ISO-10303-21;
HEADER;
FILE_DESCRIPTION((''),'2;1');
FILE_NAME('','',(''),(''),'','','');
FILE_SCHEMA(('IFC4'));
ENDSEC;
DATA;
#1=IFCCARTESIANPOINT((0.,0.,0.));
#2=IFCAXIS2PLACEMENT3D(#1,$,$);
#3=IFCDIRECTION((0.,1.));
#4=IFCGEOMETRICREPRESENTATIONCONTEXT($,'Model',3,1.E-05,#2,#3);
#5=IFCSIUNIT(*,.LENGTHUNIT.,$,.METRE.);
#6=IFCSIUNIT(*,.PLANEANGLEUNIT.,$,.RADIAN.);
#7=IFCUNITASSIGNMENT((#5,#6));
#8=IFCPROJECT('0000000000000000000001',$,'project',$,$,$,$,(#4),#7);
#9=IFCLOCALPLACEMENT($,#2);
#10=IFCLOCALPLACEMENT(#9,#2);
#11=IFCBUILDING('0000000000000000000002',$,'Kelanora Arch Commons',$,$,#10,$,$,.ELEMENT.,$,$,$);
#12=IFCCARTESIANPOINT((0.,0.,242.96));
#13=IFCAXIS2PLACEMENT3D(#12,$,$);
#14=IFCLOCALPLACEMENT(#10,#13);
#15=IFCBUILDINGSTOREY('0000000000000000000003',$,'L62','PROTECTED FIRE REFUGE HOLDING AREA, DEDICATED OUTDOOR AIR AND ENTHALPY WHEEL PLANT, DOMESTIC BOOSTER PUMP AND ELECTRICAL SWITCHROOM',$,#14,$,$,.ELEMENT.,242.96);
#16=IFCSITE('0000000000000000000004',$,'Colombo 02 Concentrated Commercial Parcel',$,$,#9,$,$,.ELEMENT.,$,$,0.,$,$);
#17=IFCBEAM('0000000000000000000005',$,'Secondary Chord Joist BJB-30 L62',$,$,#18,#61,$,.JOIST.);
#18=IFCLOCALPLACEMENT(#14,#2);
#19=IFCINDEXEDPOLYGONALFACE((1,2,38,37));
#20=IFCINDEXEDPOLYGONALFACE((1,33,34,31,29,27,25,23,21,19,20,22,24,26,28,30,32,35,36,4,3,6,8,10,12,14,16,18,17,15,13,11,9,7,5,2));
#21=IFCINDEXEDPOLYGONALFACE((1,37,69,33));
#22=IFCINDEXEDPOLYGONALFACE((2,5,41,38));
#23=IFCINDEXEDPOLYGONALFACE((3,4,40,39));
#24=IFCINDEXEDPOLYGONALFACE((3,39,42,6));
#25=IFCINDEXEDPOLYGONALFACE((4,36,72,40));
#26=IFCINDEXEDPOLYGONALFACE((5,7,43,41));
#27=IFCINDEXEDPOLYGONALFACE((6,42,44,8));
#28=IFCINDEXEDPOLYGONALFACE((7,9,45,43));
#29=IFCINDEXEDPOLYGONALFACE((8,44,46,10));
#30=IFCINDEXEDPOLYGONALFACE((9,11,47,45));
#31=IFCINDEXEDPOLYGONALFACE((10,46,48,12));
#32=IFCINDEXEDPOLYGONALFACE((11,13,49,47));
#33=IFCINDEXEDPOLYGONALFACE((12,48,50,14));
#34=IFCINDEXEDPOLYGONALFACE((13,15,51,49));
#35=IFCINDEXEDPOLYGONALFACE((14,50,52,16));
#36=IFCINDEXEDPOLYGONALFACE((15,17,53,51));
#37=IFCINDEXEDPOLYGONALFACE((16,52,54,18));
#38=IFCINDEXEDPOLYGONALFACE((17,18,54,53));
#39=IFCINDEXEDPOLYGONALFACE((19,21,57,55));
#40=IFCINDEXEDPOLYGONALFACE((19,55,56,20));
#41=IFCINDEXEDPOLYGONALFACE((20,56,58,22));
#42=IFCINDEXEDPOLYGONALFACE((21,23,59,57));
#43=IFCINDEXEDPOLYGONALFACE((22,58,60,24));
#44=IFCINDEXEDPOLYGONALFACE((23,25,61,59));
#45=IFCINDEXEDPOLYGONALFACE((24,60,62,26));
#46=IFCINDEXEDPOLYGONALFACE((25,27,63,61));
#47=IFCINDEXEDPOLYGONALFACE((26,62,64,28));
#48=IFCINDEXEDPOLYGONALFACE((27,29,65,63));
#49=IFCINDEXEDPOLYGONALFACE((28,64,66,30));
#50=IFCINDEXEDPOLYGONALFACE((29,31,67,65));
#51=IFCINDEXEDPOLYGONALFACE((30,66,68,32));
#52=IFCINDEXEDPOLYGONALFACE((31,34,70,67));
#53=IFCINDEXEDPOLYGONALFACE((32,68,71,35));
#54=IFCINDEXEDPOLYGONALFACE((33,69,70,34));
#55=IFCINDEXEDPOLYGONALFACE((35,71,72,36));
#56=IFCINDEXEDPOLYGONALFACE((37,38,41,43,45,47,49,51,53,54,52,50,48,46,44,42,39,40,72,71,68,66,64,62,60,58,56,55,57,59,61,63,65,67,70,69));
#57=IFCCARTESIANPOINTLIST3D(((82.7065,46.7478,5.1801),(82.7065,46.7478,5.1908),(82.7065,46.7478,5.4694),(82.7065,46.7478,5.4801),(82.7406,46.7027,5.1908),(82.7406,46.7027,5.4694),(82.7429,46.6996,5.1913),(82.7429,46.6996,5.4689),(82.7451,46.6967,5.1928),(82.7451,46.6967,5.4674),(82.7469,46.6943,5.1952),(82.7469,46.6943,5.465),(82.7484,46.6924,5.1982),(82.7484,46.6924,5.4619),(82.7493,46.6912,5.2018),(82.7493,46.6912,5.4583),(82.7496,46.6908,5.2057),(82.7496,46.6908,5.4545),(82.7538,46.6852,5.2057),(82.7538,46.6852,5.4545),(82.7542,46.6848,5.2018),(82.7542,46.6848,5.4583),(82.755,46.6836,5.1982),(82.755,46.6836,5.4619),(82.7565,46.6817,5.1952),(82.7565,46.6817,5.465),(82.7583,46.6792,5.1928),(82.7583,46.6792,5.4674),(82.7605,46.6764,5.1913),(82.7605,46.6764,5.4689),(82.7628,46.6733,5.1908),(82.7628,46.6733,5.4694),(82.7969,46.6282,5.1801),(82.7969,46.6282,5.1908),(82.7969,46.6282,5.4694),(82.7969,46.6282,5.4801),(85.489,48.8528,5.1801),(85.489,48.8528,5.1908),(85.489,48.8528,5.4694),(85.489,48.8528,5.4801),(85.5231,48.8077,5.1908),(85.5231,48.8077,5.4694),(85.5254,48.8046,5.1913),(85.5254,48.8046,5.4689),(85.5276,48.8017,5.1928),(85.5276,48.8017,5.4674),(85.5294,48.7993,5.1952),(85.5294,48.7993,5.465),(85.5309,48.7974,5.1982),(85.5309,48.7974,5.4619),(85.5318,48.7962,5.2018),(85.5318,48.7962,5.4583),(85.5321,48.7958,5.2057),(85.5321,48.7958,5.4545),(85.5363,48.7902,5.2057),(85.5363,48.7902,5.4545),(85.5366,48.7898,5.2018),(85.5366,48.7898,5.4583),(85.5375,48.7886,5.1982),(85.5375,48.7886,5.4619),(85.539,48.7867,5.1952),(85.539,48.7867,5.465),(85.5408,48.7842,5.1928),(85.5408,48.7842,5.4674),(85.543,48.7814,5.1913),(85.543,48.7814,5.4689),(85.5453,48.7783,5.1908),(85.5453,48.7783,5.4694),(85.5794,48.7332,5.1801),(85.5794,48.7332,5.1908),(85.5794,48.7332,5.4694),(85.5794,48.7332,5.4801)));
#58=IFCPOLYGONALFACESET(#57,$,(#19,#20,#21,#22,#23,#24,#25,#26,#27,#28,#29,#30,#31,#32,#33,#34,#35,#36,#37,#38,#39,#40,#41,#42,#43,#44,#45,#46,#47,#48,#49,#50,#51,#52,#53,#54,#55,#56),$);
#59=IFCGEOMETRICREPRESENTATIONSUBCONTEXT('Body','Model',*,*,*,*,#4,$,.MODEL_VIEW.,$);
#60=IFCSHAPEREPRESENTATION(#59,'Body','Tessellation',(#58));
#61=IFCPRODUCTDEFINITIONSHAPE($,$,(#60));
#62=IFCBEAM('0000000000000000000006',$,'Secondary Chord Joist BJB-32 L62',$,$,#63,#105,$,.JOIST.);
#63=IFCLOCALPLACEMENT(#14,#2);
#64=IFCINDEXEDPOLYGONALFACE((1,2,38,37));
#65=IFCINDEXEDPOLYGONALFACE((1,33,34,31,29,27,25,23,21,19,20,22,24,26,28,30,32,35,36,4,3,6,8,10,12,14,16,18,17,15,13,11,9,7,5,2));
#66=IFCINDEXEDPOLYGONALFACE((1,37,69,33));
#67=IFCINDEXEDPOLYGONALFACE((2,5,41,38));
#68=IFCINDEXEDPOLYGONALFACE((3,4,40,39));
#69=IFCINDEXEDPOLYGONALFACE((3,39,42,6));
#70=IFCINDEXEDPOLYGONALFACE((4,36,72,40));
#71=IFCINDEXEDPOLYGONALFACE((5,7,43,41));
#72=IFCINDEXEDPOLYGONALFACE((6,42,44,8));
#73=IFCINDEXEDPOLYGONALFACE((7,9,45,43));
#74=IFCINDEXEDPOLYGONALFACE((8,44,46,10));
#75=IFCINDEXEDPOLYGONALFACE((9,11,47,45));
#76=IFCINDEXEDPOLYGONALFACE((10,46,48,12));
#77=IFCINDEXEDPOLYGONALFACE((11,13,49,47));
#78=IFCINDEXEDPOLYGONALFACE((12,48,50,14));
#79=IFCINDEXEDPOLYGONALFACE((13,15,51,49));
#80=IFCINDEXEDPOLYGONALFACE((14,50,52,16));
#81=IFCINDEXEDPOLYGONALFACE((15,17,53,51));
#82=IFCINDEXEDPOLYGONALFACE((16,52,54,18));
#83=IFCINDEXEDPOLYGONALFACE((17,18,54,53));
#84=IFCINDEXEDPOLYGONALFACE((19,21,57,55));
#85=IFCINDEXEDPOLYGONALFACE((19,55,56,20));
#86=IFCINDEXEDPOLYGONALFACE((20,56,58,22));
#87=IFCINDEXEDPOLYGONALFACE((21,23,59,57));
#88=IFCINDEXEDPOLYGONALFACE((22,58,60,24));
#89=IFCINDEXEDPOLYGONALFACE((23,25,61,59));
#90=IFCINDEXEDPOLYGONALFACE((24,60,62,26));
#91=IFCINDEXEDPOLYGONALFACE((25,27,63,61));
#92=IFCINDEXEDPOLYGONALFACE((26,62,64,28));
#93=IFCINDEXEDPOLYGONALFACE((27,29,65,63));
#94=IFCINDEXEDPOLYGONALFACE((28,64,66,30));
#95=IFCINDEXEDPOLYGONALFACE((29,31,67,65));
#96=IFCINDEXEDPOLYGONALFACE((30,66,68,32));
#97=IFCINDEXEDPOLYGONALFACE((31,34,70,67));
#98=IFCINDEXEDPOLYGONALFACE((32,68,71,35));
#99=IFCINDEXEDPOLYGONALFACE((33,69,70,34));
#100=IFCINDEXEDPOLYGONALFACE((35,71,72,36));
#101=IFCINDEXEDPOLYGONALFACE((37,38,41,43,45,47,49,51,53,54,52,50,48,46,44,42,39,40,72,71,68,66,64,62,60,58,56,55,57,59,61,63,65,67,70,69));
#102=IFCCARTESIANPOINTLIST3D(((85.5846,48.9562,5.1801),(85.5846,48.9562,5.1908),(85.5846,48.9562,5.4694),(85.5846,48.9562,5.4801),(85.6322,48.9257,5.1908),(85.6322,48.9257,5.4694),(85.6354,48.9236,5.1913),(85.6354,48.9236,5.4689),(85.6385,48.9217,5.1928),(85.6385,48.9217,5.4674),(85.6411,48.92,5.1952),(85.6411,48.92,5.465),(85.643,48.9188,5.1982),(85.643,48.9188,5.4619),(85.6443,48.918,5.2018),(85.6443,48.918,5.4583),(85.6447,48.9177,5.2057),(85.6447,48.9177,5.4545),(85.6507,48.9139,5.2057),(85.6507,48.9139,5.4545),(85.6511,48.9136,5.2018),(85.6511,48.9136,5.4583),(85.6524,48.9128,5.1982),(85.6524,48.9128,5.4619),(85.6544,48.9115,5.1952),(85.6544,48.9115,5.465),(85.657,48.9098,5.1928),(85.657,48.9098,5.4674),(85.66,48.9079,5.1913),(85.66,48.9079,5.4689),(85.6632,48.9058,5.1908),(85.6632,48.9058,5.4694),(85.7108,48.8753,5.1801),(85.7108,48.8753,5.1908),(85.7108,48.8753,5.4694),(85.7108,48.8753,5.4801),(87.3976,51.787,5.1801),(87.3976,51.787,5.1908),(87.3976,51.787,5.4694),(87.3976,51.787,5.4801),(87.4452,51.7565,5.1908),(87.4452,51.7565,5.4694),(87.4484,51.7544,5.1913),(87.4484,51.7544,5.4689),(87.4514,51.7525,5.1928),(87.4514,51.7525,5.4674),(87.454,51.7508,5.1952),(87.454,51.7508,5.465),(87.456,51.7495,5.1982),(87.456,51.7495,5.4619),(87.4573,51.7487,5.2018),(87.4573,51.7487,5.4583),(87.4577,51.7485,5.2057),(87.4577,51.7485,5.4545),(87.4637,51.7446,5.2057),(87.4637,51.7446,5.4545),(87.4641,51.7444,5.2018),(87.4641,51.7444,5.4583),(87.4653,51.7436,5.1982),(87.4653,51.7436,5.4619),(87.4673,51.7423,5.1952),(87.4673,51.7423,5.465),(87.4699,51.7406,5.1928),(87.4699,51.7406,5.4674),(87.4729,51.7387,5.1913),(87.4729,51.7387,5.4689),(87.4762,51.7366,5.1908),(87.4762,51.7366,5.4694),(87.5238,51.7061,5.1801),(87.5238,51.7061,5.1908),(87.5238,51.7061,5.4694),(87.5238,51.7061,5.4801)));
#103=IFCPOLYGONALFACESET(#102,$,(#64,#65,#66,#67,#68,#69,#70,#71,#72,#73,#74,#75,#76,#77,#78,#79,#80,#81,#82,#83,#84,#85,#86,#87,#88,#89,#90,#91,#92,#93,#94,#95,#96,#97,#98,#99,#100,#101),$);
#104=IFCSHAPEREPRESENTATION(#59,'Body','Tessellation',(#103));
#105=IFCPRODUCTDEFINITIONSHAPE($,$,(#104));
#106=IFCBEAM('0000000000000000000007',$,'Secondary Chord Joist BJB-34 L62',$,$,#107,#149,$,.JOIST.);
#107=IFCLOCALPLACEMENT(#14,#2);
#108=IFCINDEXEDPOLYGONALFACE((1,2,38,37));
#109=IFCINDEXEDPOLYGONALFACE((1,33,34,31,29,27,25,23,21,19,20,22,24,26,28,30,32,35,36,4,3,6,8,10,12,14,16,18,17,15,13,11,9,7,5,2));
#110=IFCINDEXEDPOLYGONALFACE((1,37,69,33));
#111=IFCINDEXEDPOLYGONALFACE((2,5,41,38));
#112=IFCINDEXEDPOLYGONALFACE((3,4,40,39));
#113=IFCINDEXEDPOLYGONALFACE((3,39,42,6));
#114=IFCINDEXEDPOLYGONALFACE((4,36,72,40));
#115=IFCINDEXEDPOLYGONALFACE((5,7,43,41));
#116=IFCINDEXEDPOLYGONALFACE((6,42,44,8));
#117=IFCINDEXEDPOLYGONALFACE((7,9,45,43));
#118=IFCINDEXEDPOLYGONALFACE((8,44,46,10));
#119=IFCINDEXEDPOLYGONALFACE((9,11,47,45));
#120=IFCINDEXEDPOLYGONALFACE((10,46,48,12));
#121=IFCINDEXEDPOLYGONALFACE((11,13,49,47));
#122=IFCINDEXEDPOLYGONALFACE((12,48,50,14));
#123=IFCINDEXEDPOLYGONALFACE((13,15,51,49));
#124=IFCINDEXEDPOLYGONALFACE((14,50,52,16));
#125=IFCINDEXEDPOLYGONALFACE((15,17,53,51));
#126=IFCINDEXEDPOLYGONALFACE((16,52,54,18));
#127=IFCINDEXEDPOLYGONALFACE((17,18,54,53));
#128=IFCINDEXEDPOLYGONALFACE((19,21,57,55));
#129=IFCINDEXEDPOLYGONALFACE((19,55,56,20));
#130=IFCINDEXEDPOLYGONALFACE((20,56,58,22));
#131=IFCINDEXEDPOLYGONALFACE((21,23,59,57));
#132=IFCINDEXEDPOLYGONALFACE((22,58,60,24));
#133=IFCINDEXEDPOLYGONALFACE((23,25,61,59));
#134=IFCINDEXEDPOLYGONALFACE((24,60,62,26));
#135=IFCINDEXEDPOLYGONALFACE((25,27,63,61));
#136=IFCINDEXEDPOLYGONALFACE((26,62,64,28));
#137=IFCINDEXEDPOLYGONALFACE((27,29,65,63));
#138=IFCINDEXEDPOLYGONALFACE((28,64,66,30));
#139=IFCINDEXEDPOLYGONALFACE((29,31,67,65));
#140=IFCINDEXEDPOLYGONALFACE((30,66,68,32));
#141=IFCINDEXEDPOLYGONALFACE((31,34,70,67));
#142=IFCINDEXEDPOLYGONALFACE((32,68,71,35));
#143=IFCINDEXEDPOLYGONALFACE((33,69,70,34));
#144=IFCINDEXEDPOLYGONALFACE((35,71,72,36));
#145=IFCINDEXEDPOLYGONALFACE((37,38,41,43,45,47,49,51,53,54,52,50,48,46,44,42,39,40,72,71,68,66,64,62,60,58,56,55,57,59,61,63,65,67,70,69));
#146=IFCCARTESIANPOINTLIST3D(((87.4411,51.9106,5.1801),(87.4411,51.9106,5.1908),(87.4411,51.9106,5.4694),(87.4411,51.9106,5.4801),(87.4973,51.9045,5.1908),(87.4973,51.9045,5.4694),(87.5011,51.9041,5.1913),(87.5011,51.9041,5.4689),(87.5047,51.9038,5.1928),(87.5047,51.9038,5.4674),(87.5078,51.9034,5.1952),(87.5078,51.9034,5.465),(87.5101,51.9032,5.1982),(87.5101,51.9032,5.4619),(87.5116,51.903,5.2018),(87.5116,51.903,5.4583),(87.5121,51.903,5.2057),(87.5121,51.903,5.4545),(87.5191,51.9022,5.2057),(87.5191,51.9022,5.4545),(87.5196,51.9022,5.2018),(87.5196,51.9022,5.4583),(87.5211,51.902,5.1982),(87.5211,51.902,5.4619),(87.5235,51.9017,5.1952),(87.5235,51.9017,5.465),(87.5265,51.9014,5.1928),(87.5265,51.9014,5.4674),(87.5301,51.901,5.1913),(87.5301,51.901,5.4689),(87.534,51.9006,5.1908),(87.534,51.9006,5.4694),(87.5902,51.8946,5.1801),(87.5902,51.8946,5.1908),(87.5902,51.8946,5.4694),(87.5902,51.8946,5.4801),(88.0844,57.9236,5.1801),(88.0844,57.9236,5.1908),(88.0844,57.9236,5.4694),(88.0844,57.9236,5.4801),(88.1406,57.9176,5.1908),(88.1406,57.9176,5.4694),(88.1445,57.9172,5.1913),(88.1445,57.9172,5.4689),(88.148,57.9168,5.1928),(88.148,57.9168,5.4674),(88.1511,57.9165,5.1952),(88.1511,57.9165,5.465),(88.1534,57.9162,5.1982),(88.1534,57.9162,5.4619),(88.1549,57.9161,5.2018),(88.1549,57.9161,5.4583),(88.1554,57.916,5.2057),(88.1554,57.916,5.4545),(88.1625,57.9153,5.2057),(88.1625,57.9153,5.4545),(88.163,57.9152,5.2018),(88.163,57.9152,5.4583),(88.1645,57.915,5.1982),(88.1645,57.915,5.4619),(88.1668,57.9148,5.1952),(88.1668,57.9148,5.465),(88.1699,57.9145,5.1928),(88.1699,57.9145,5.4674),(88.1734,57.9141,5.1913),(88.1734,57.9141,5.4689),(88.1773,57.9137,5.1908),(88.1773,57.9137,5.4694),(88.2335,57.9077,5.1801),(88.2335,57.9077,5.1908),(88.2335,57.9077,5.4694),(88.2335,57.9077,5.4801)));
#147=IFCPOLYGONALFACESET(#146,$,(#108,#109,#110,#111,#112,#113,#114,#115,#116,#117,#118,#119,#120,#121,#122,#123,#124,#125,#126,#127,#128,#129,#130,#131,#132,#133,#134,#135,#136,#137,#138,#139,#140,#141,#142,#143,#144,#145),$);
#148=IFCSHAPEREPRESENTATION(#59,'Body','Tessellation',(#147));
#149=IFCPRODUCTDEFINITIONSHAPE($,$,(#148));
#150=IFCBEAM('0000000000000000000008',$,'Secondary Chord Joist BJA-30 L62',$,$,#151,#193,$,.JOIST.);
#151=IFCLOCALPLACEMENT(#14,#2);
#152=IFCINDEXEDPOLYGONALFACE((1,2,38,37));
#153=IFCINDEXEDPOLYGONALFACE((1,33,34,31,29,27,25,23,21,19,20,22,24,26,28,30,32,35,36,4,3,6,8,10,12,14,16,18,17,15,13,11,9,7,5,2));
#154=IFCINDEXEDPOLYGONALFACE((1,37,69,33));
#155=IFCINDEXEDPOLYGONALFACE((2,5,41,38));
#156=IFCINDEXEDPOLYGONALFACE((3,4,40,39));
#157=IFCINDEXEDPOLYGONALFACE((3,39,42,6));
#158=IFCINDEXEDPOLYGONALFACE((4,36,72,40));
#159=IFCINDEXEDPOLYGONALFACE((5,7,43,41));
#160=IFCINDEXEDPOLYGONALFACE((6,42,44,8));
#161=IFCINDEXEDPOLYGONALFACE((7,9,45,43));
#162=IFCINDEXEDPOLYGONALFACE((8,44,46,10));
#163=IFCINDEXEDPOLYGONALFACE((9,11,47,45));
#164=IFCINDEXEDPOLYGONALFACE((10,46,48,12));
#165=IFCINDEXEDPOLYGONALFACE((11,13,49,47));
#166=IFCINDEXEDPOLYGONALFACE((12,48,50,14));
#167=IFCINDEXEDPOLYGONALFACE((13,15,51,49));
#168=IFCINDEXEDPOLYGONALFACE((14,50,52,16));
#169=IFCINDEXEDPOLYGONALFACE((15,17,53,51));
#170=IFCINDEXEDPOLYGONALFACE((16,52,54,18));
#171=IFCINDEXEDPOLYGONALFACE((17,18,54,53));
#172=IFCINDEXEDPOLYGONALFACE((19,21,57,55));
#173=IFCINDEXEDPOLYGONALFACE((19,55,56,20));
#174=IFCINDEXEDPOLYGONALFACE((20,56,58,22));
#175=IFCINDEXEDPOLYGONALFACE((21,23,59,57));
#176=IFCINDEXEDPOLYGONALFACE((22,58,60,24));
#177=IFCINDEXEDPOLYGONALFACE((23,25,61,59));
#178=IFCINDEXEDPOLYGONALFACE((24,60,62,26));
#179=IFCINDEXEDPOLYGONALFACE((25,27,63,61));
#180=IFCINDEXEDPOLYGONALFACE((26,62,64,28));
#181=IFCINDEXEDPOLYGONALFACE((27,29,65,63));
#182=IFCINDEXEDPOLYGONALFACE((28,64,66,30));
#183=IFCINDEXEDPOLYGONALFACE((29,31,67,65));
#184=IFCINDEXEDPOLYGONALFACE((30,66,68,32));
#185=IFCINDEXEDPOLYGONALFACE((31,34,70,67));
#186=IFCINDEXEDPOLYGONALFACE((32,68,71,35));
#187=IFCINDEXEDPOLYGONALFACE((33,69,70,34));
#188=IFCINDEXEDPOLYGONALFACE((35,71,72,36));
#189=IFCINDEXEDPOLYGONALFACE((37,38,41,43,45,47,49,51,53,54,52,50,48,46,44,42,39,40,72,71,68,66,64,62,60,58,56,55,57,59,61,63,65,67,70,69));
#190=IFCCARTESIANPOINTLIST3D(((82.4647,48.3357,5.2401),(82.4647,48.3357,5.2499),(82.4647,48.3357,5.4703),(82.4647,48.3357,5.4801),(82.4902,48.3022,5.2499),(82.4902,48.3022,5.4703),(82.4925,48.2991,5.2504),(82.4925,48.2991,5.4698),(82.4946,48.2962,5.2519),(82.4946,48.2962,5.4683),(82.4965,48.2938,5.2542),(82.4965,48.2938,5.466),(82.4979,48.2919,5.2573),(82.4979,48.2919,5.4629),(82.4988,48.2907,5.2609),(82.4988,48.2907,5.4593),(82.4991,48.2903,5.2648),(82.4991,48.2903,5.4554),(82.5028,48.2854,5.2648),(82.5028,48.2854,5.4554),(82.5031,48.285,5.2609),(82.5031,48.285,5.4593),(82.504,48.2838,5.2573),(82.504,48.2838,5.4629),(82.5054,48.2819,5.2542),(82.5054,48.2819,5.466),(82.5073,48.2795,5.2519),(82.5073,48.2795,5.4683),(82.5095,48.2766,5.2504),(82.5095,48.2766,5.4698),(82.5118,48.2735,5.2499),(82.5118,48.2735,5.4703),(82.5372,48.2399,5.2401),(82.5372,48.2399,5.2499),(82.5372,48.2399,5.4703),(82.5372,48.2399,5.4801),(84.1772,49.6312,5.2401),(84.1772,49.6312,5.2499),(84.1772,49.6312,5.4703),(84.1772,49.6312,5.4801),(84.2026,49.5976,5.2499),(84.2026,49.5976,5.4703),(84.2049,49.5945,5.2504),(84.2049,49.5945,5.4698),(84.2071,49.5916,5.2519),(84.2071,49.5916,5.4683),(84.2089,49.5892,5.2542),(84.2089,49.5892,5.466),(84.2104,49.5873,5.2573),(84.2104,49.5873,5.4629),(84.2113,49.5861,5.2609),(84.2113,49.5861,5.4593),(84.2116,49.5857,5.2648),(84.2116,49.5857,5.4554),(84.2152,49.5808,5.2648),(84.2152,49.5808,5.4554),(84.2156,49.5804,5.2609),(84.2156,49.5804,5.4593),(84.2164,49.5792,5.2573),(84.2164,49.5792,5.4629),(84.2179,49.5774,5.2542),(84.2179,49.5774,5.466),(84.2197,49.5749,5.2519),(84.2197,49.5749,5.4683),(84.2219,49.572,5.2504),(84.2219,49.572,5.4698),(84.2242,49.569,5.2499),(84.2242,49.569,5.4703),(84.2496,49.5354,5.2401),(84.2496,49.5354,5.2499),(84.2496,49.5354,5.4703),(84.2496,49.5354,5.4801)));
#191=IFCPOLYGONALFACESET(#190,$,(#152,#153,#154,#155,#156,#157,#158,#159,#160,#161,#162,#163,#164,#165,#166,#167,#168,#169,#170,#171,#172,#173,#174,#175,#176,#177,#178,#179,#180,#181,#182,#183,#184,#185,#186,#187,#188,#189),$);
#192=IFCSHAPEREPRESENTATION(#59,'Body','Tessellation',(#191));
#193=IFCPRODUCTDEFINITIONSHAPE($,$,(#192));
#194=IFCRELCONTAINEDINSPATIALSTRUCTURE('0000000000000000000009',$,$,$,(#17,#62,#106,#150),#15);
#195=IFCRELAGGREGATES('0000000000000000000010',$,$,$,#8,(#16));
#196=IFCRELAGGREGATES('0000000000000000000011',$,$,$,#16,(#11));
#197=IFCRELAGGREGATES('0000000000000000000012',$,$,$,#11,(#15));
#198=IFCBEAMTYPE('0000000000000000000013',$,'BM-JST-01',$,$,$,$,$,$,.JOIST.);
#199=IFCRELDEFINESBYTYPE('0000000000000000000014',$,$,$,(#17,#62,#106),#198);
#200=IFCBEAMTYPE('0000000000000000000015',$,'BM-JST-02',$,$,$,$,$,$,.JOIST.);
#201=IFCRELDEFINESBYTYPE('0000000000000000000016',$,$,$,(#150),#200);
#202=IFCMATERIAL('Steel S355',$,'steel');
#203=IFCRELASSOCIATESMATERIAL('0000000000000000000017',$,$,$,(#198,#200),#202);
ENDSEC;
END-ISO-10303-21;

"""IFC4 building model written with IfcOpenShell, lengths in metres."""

from ifc_helpers import new_model, si_unit, direction, frame, origin, origin_2d, place, context, subcontext, project, spatial, i_section, extrude, material, material_profile, profile_set, type_object, element, save


model = new_model("IFC4")

# Units and contexts
model_context = context("Model", 3, precision=1e-05, world=origin(), true_north=direction((0.0, 1.0)))
body_context = subcontext(model_context, "Body", "Model", "MODEL_VIEW")
ifc_project = project(units=[si_unit("LENGTHUNIT", "METRE"), si_unit("PLANEANGLEUNIT", "RADIAN")], contexts=[model_context])

# Site, building, storey
site_placement = place(None, origin())
site = spatial("IfcSite", under=ifc_project, at=site_placement, Name="Colombo 02 Concentrated Commercial Parcel", CompositionType="ELEMENT", RefElevation=0.0)
building_placement = place(site_placement, origin())
building = spatial("IfcBuilding", under=site, at=building_placement, Name="Kelanora Arch Commons", CompositionType="ELEMENT")
storey_placement = place(building_placement, frame((0.0, 0.0, 242.96)))
storey = spatial("IfcBuildingStorey", under=building, at=storey_placement, Name="L62", Description="PROTECTED FIRE REFUGE HOLDING AREA, DEDICATED OUTDOOR AIR AND ENTHALPY WHEEL PLANT, DOMESTIC BOOSTER PUMP AND ELECTRICAL SWITCHROOM", CompositionType="ELEMENT", Elevation=242.96)

# Beams
ifc_material_1 = material(Name="Steel S355", Category="steel")
ifc_material_profile_1 = material_profile(ifc_material_1, i_section(OverallWidth=0.1499, OverallDepth=0.3, WebThickness=0.0071, FlangeThickness=0.0107, FilletRadius=0.0149, at=origin_2d()), Name="IPE300")
ifc_profile_set_1 = profile_set([ifc_material_profile_1], Name="Steel S355")
beam_type_1 = type_object("IfcBeamType", Name="BM-JST-01", PredefinedType="JOIST", material=ifc_profile_set_1)
beam_1_placement = place(storey_placement, frame((82.7517, 46.688, 5.3301), z_axis=(0.797499, 0.60332, 0.0), x_axis=(-0.60332, 0.797499, 0.0)))
element("IfcBeam", 1, at=beam_1_placement, inside=storey, type_object=beam_type_1, Name="Secondary Chord Joist BJB-30 L62", PredefinedType="JOIST", context=body_context, shape_type="SweptSolid", body=[
    extrude(i_section(OverallWidth=0.1499, OverallDepth=0.3, WebThickness=0.0071, FlangeThickness=0.0107, FilletRadius=0.0149, at=origin_2d()), origin(), (0.0, 0.0, 1.0), 3.489),
])
beam_2_placement = place(storey_placement, frame((85.6477, 48.9158, 5.3301), z_axis=(0.539322, 0.8421, 0.0), x_axis=(-0.8421, 0.539322, 0.0)))
element("IfcBeam", 2, at=beam_2_placement, inside=storey, type_object=beam_type_1, Name="Secondary Chord Joist BJB-32 L62", PredefinedType="JOIST", context=body_context, shape_type="SweptSolid", body=[
    extrude(i_section(OverallWidth=0.1499, OverallDepth=0.3, WebThickness=0.0071, FlangeThickness=0.0107, FilletRadius=0.0149, at=origin_2d()), origin(), (0.0, 0.0, 1.0), 3.3616),
])
beam_3_placement = place(storey_placement, frame((87.5156, 51.9026, 5.3301), z_axis=(0.106381, 0.994325, 0.0), x_axis=(-0.994325, 0.106381, 0.0)))
element("IfcBeam", 3, at=beam_3_placement, inside=storey, type_object=beam_type_1, Name="Secondary Chord Joist BJB-34 L62", PredefinedType="JOIST", context=body_context, shape_type="SweptSolid", body=[
    extrude(i_section(OverallWidth=0.1499, OverallDepth=0.3, WebThickness=0.0071, FlangeThickness=0.0107, FilletRadius=0.0149, at=origin_2d()), origin(), (0.0, 0.0, 1.0), 6.0474),
])
ifc_material_profile_2 = material_profile(ifc_material_1, i_section(OverallWidth=0.1201, OverallDepth=0.24, WebThickness=0.0061, FlangeThickness=0.0098, FilletRadius=0.0149, at=origin_2d()), Name="IPE240")
ifc_profile_set_2 = profile_set([ifc_material_profile_2], Name="Steel S355")
beam_type_2 = type_object("IfcBeamType", Name="BM-JST-02", PredefinedType="JOIST", material=ifc_profile_set_2)
beam_4_placement = place(storey_placement, frame((82.501, 48.2878, 5.3601), z_axis=(0.79751, 0.603306, 0.0), x_axis=(-0.603306, 0.79751, 0.0)))
element("IfcBeam", 4, at=beam_4_placement, inside=storey, type_object=beam_type_2, Name="Secondary Chord Joist BJA-30 L62", PredefinedType="JOIST", context=body_context, shape_type="SweptSolid", body=[
    extrude(i_section(OverallWidth=0.1201, OverallDepth=0.24, WebThickness=0.0061, FlangeThickness=0.0098, FilletRadius=0.0149, at=origin_2d()), origin(), (0.0, 0.0, 1.0), 2.1472),
])

save(model, "model.ifc")
